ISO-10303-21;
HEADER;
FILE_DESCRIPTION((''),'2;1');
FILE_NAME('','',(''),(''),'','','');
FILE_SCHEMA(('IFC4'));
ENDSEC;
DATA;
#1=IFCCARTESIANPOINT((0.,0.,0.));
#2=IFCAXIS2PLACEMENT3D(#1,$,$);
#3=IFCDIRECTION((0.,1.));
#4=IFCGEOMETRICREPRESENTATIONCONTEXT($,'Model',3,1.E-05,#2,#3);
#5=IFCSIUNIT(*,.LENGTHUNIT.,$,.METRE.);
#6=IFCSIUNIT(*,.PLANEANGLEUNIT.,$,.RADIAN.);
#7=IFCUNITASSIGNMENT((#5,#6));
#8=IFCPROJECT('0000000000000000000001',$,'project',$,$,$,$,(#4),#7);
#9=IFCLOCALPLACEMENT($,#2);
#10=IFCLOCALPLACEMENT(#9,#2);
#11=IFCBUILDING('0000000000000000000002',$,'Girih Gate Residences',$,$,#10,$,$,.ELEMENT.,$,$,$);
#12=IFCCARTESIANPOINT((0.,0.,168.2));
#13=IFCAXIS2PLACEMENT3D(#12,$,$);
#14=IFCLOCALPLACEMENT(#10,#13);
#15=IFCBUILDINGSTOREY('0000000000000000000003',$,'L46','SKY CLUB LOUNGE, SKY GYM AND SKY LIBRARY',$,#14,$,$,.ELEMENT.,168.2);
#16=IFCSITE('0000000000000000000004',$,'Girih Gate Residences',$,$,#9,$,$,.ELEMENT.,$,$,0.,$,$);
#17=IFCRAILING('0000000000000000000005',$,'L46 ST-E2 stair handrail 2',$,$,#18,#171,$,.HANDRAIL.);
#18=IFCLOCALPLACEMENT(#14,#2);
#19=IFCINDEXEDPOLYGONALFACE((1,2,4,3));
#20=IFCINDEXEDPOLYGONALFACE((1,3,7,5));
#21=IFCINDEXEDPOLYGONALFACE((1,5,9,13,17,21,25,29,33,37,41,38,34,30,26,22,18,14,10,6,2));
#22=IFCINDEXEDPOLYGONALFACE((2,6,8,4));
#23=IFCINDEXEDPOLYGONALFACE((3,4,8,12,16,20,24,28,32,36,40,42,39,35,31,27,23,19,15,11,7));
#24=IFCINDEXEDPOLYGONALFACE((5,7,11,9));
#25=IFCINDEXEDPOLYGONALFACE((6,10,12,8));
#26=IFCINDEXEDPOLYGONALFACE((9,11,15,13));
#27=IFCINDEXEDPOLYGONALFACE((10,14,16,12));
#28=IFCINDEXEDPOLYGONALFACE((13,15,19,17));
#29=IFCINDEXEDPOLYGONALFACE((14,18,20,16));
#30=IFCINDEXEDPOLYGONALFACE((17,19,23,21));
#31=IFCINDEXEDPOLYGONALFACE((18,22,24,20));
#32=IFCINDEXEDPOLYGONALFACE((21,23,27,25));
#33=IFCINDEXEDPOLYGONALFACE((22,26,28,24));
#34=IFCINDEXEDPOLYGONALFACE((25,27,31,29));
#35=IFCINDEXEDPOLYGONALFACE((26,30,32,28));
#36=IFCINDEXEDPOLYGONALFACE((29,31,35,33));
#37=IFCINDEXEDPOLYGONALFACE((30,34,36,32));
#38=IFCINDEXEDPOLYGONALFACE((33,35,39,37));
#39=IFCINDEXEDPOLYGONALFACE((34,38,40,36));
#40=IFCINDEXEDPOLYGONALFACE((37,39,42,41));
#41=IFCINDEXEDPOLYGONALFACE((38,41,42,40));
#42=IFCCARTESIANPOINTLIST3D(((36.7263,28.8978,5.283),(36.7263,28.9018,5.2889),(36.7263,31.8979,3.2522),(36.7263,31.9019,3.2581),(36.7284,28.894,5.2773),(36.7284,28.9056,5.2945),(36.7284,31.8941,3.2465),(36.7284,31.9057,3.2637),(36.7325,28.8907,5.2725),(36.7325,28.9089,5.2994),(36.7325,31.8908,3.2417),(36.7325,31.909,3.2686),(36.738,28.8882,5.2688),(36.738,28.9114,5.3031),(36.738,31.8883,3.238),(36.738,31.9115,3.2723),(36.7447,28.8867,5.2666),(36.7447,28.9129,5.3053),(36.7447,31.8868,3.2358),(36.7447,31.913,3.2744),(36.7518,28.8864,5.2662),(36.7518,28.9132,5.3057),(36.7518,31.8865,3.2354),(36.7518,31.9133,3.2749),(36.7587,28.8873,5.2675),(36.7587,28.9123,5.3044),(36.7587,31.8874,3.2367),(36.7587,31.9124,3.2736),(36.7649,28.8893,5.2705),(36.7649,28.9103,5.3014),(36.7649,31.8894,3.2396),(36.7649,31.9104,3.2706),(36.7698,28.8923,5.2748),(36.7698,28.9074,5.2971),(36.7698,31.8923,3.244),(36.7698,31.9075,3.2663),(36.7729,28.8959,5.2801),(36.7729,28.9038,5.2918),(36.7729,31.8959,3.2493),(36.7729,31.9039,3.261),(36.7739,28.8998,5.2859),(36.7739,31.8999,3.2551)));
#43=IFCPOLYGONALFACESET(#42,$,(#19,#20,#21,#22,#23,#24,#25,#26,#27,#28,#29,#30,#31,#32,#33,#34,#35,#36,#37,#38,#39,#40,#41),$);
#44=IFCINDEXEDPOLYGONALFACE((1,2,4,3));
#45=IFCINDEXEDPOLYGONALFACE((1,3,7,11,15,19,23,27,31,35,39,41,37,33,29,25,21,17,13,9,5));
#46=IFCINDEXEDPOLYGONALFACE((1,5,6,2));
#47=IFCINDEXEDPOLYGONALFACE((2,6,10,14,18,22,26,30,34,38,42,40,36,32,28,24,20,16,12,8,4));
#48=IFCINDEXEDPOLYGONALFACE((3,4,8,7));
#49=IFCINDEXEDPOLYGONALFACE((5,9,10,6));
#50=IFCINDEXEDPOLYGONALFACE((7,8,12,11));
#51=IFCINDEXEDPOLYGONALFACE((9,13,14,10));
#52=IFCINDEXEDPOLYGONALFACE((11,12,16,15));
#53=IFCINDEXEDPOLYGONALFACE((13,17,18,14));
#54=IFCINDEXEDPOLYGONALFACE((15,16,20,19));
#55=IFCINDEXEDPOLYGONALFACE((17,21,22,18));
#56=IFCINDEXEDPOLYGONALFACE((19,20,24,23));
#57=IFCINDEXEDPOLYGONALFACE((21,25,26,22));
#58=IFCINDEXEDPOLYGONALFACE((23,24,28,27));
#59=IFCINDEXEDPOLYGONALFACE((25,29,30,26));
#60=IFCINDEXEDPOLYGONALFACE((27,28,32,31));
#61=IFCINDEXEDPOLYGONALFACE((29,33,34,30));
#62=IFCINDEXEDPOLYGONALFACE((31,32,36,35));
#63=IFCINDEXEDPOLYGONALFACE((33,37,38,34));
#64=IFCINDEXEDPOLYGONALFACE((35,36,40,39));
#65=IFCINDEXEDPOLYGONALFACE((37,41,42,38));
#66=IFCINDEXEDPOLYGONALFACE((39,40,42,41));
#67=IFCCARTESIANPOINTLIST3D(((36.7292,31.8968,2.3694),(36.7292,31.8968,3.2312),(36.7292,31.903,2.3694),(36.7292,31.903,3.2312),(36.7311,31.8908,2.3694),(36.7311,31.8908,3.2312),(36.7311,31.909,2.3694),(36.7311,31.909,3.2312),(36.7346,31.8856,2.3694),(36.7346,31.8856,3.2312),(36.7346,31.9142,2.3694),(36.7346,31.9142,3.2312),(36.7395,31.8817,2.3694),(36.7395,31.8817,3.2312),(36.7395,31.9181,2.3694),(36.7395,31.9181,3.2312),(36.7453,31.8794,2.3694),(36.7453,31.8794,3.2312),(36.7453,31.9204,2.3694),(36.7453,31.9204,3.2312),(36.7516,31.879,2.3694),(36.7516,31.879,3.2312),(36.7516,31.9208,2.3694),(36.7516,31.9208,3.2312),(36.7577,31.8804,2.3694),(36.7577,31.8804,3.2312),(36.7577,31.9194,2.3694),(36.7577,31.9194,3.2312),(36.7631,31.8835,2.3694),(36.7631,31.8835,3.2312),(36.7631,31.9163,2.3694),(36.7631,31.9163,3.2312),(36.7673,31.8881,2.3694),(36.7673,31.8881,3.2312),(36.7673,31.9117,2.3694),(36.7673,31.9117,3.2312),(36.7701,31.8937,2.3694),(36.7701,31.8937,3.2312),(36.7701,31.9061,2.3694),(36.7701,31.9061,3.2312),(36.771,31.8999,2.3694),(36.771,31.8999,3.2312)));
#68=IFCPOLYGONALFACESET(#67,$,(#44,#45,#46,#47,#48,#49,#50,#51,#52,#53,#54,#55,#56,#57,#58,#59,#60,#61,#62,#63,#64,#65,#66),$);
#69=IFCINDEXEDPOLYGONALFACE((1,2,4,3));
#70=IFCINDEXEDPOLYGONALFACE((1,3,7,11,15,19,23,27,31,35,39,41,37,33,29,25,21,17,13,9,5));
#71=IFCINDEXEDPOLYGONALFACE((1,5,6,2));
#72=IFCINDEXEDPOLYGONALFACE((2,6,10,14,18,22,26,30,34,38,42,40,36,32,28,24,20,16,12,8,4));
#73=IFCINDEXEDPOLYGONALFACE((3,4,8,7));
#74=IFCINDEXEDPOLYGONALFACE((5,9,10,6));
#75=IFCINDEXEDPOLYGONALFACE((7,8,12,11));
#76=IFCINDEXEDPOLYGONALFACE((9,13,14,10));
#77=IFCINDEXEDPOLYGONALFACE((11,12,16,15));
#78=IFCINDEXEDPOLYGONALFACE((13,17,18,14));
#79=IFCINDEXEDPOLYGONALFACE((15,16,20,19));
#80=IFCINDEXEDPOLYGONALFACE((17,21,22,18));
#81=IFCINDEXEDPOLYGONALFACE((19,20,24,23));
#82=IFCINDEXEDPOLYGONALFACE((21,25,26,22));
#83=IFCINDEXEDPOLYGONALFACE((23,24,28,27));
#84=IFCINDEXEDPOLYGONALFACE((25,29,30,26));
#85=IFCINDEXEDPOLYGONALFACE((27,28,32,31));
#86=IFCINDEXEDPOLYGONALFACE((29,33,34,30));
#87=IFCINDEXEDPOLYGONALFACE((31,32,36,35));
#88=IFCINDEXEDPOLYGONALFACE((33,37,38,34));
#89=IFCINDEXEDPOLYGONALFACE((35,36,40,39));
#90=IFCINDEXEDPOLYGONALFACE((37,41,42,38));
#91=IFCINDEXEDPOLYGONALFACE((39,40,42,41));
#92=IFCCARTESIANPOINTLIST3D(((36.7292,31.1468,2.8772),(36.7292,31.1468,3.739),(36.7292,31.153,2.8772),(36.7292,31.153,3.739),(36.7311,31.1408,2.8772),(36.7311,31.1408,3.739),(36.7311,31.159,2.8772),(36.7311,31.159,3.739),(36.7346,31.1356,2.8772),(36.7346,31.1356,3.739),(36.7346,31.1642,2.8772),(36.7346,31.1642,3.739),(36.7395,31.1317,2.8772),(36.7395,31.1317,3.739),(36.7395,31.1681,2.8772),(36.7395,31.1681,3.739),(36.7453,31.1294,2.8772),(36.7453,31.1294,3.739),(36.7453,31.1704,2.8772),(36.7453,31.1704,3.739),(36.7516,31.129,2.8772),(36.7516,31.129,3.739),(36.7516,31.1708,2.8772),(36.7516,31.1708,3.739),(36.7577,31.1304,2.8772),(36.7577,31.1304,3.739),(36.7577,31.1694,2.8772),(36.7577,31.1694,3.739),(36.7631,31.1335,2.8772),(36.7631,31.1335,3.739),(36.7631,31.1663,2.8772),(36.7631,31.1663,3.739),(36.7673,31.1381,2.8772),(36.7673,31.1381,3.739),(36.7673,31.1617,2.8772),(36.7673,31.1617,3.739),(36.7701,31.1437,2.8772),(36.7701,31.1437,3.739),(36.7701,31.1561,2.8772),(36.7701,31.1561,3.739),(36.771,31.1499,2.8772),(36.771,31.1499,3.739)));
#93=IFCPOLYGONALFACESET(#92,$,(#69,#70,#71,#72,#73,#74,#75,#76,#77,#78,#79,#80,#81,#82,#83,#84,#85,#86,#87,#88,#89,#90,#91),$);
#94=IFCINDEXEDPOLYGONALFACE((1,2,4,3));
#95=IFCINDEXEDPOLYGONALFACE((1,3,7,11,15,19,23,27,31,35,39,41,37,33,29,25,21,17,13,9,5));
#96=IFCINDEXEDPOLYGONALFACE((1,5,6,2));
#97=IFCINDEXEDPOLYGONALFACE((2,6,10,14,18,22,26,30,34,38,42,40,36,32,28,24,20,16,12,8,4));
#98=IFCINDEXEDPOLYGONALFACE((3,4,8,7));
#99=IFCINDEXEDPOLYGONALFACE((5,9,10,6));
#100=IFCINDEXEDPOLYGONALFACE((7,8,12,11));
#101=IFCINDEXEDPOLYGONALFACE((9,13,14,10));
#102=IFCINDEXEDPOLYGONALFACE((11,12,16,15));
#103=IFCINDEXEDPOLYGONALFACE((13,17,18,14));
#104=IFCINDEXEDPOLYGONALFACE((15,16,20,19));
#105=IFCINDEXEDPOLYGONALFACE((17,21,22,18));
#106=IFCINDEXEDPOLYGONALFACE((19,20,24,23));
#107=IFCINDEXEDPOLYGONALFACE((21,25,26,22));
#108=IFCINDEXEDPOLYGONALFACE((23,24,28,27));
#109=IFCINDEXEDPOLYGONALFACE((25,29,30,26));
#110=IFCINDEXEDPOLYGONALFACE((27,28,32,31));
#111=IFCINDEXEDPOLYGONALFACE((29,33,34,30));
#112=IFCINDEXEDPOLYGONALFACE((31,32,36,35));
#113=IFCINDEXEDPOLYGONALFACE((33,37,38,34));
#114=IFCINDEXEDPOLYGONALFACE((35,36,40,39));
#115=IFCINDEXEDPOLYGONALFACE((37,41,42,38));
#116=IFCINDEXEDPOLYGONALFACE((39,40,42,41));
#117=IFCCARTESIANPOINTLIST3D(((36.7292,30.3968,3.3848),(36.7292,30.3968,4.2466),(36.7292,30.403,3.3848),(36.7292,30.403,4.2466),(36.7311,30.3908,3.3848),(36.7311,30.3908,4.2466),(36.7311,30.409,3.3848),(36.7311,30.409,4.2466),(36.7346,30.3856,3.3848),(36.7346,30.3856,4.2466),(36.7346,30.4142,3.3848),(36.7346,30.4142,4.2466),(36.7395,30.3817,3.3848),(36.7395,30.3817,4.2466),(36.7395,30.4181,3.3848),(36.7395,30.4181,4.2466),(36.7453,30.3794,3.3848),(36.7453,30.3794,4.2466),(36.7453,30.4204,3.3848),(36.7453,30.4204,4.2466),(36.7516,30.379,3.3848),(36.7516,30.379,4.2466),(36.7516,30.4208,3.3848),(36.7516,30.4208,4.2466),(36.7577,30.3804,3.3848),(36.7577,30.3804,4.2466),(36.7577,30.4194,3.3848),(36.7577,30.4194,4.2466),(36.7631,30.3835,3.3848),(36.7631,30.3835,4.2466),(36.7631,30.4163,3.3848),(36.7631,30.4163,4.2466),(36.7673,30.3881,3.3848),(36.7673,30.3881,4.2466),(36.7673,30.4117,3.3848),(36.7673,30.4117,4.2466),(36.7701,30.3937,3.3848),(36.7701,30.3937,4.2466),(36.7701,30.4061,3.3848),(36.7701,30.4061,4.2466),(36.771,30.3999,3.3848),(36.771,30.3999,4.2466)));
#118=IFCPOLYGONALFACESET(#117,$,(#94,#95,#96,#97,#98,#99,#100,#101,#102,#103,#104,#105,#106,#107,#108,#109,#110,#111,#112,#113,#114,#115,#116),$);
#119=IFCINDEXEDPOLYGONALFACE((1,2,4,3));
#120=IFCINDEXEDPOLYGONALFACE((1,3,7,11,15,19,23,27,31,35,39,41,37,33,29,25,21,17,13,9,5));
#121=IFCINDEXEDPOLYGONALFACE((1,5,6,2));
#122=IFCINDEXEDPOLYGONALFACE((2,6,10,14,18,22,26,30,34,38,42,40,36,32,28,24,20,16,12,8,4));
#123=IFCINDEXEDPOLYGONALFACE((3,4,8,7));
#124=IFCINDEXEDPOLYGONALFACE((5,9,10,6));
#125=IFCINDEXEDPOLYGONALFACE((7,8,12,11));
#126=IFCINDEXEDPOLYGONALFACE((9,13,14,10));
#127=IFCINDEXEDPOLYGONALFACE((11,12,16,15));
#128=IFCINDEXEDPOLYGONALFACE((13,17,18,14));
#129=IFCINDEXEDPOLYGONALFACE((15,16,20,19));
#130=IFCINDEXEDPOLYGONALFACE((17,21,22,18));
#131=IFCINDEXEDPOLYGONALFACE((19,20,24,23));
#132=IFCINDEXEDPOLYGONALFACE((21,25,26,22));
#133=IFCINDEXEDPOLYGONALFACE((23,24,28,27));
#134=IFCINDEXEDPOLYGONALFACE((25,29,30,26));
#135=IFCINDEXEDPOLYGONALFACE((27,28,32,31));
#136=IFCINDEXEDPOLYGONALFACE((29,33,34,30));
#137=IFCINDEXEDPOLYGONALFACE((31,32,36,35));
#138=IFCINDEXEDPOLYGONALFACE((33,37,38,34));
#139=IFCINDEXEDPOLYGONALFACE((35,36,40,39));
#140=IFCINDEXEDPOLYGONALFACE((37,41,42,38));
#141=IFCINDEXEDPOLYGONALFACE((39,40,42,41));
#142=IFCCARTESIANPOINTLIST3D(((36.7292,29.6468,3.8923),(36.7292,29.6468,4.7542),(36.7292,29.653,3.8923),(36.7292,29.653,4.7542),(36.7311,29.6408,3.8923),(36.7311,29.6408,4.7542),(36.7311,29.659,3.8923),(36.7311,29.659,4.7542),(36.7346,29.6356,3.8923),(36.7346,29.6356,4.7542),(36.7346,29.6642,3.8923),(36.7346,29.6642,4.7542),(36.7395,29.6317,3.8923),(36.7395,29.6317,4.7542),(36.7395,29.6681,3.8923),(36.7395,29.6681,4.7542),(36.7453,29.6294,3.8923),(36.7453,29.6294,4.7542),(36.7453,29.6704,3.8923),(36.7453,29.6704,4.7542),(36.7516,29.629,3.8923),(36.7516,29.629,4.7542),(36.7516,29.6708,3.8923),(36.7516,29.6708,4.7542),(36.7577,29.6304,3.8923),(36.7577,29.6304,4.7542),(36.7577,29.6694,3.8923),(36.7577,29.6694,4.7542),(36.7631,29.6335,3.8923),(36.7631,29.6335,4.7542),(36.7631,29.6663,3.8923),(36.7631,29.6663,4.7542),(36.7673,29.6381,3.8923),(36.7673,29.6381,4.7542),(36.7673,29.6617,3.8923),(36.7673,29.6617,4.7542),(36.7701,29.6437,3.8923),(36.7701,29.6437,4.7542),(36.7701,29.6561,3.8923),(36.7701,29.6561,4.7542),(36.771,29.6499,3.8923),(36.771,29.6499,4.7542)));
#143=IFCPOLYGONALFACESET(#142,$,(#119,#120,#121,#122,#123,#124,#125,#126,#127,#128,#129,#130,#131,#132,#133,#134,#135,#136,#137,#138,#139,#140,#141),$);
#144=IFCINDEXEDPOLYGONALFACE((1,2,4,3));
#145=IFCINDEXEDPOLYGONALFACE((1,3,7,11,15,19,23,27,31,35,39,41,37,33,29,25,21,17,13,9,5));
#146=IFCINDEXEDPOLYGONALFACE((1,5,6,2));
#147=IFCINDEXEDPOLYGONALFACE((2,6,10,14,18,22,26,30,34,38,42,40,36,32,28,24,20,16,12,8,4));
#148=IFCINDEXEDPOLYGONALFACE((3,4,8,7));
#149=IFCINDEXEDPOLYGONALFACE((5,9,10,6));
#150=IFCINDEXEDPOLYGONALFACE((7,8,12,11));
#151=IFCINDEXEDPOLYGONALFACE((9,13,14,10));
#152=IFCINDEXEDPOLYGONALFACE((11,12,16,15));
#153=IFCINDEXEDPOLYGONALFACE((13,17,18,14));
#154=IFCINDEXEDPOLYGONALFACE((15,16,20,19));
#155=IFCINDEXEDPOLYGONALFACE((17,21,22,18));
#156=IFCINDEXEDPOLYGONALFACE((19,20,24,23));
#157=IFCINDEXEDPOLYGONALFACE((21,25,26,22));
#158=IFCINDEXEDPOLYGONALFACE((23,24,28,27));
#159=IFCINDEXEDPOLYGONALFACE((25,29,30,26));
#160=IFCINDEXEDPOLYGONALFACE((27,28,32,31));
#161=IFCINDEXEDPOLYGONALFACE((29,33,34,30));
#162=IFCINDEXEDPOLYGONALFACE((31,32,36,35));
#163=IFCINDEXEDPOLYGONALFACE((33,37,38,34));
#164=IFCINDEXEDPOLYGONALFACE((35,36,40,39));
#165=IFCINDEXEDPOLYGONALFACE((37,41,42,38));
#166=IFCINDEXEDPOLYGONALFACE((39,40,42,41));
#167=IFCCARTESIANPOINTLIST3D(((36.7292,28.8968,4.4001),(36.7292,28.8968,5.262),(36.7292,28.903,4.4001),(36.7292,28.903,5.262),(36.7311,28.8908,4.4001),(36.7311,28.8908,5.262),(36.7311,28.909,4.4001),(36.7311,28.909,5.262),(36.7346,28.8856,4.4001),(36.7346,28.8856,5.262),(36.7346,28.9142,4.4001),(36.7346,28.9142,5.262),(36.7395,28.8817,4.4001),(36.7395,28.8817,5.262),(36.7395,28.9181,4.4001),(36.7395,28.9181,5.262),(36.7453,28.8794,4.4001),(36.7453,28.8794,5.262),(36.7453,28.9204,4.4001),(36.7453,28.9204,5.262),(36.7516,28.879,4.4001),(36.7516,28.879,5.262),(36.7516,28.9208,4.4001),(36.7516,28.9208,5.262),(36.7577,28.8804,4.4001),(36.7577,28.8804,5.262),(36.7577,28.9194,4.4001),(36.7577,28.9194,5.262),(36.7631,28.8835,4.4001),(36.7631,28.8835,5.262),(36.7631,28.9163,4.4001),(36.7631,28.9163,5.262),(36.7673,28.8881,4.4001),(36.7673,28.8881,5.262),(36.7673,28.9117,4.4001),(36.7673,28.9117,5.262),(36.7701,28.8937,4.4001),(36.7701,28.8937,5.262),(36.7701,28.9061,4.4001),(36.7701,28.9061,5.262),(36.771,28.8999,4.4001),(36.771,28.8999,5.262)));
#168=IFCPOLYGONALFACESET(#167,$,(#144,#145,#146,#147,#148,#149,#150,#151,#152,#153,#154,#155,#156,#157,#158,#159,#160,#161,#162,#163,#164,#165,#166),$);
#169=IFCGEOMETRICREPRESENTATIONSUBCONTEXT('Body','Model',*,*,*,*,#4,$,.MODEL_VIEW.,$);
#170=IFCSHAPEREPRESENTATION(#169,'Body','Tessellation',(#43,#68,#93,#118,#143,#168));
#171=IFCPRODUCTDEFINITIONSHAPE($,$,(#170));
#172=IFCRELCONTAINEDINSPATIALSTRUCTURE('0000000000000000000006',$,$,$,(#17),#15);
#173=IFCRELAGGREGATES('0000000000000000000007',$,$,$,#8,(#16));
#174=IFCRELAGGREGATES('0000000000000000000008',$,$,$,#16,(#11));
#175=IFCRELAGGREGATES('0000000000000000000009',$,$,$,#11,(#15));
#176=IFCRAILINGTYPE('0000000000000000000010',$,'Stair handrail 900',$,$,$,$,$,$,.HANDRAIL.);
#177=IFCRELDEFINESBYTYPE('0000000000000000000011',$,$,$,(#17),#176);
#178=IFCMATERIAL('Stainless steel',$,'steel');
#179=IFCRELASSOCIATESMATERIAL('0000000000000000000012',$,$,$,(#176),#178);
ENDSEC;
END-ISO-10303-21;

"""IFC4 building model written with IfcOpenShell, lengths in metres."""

from ifc_helpers import new_model, si_unit, direction, frame, origin, origin_2d, place, context, subcontext, project, spatial, circle, extrude, material, type_object, element, save


model = new_model("IFC4")

# Units and contexts
model_context = context("Model", 3, precision=1e-05, world=origin(), true_north=direction((0.0, 1.0)))
body_context = subcontext(model_context, "Body", "Model", "MODEL_VIEW")
ifc_project = project(units=[si_unit("LENGTHUNIT", "METRE"), si_unit("PLANEANGLEUNIT", "RADIAN")], contexts=[model_context])

# Site, building, storey
site_placement = place(None, origin())
site = spatial("IfcSite", under=ifc_project, at=site_placement, Name="Girih Gate Residences", CompositionType="ELEMENT", RefElevation=0.0)
building_placement = place(site_placement, origin())
building = spatial("IfcBuilding", under=site, at=building_placement, Name="Girih Gate Residences", CompositionType="ELEMENT")
storey_placement = place(building_placement, frame((0.0, 0.0, 168.2)))
storey = spatial("IfcBuildingStorey", under=building, at=storey_placement, Name="L46", Description="SKY CLUB LOUNGE, SKY GYM AND SKY LIBRARY", CompositionType="ELEMENT", Elevation=168.2)

# Shared definitions
ifc_material_1 = material(Name="Stainless steel", Category="steel")

# Railing
railing_type_1 = type_object("IfcRailingType", Name="Stair handrail 900", PredefinedType="HANDRAIL", material=ifc_material_1)
railing_1_placement = place(storey_placement, frame((36.75, 31.8999, 2.3694)))
element("IfcRailing", 1, at=railing_1_placement, inside=storey, type_object=railing_type_1, Name="L46 ST-E2 stair handrail 2", PredefinedType="HANDRAIL", context=body_context, shape_type="SweptSolid", body=[
    extrude(circle(Radius=0.0239, at=origin_2d()), frame((0.0, 0.0, 0.8857), z_axis=(0.0, -0.82811, 0.560565), x_axis=(1.0, 0.0, 0.0)), (0.0, 0.0, 1.0), 3.6228),
    extrude(circle(Radius=0.021, at=origin_2d()), origin(), (0.0, 0.0, 1.0), 0.8618),
    extrude(circle(Radius=0.021, at=origin_2d()), frame((0.0, -0.75, 0.5078)), (0.0, 0.0, 1.0), 0.8618),
    extrude(circle(Radius=0.021, at=origin_2d()), frame((0.0, -1.5, 1.0154)), (0.0, 0.0, 1.0), 0.8618),
    extrude(circle(Radius=0.021, at=origin_2d()), frame((0.0, -2.25, 1.5229)), (0.0, 0.0, 1.0), 0.8618),
    extrude(circle(Radius=0.021, at=origin_2d()), frame((0.0, -3.0, 2.0308)), (0.0, 0.0, 1.0), 0.8618),
])

save(model, "model.ifc")
